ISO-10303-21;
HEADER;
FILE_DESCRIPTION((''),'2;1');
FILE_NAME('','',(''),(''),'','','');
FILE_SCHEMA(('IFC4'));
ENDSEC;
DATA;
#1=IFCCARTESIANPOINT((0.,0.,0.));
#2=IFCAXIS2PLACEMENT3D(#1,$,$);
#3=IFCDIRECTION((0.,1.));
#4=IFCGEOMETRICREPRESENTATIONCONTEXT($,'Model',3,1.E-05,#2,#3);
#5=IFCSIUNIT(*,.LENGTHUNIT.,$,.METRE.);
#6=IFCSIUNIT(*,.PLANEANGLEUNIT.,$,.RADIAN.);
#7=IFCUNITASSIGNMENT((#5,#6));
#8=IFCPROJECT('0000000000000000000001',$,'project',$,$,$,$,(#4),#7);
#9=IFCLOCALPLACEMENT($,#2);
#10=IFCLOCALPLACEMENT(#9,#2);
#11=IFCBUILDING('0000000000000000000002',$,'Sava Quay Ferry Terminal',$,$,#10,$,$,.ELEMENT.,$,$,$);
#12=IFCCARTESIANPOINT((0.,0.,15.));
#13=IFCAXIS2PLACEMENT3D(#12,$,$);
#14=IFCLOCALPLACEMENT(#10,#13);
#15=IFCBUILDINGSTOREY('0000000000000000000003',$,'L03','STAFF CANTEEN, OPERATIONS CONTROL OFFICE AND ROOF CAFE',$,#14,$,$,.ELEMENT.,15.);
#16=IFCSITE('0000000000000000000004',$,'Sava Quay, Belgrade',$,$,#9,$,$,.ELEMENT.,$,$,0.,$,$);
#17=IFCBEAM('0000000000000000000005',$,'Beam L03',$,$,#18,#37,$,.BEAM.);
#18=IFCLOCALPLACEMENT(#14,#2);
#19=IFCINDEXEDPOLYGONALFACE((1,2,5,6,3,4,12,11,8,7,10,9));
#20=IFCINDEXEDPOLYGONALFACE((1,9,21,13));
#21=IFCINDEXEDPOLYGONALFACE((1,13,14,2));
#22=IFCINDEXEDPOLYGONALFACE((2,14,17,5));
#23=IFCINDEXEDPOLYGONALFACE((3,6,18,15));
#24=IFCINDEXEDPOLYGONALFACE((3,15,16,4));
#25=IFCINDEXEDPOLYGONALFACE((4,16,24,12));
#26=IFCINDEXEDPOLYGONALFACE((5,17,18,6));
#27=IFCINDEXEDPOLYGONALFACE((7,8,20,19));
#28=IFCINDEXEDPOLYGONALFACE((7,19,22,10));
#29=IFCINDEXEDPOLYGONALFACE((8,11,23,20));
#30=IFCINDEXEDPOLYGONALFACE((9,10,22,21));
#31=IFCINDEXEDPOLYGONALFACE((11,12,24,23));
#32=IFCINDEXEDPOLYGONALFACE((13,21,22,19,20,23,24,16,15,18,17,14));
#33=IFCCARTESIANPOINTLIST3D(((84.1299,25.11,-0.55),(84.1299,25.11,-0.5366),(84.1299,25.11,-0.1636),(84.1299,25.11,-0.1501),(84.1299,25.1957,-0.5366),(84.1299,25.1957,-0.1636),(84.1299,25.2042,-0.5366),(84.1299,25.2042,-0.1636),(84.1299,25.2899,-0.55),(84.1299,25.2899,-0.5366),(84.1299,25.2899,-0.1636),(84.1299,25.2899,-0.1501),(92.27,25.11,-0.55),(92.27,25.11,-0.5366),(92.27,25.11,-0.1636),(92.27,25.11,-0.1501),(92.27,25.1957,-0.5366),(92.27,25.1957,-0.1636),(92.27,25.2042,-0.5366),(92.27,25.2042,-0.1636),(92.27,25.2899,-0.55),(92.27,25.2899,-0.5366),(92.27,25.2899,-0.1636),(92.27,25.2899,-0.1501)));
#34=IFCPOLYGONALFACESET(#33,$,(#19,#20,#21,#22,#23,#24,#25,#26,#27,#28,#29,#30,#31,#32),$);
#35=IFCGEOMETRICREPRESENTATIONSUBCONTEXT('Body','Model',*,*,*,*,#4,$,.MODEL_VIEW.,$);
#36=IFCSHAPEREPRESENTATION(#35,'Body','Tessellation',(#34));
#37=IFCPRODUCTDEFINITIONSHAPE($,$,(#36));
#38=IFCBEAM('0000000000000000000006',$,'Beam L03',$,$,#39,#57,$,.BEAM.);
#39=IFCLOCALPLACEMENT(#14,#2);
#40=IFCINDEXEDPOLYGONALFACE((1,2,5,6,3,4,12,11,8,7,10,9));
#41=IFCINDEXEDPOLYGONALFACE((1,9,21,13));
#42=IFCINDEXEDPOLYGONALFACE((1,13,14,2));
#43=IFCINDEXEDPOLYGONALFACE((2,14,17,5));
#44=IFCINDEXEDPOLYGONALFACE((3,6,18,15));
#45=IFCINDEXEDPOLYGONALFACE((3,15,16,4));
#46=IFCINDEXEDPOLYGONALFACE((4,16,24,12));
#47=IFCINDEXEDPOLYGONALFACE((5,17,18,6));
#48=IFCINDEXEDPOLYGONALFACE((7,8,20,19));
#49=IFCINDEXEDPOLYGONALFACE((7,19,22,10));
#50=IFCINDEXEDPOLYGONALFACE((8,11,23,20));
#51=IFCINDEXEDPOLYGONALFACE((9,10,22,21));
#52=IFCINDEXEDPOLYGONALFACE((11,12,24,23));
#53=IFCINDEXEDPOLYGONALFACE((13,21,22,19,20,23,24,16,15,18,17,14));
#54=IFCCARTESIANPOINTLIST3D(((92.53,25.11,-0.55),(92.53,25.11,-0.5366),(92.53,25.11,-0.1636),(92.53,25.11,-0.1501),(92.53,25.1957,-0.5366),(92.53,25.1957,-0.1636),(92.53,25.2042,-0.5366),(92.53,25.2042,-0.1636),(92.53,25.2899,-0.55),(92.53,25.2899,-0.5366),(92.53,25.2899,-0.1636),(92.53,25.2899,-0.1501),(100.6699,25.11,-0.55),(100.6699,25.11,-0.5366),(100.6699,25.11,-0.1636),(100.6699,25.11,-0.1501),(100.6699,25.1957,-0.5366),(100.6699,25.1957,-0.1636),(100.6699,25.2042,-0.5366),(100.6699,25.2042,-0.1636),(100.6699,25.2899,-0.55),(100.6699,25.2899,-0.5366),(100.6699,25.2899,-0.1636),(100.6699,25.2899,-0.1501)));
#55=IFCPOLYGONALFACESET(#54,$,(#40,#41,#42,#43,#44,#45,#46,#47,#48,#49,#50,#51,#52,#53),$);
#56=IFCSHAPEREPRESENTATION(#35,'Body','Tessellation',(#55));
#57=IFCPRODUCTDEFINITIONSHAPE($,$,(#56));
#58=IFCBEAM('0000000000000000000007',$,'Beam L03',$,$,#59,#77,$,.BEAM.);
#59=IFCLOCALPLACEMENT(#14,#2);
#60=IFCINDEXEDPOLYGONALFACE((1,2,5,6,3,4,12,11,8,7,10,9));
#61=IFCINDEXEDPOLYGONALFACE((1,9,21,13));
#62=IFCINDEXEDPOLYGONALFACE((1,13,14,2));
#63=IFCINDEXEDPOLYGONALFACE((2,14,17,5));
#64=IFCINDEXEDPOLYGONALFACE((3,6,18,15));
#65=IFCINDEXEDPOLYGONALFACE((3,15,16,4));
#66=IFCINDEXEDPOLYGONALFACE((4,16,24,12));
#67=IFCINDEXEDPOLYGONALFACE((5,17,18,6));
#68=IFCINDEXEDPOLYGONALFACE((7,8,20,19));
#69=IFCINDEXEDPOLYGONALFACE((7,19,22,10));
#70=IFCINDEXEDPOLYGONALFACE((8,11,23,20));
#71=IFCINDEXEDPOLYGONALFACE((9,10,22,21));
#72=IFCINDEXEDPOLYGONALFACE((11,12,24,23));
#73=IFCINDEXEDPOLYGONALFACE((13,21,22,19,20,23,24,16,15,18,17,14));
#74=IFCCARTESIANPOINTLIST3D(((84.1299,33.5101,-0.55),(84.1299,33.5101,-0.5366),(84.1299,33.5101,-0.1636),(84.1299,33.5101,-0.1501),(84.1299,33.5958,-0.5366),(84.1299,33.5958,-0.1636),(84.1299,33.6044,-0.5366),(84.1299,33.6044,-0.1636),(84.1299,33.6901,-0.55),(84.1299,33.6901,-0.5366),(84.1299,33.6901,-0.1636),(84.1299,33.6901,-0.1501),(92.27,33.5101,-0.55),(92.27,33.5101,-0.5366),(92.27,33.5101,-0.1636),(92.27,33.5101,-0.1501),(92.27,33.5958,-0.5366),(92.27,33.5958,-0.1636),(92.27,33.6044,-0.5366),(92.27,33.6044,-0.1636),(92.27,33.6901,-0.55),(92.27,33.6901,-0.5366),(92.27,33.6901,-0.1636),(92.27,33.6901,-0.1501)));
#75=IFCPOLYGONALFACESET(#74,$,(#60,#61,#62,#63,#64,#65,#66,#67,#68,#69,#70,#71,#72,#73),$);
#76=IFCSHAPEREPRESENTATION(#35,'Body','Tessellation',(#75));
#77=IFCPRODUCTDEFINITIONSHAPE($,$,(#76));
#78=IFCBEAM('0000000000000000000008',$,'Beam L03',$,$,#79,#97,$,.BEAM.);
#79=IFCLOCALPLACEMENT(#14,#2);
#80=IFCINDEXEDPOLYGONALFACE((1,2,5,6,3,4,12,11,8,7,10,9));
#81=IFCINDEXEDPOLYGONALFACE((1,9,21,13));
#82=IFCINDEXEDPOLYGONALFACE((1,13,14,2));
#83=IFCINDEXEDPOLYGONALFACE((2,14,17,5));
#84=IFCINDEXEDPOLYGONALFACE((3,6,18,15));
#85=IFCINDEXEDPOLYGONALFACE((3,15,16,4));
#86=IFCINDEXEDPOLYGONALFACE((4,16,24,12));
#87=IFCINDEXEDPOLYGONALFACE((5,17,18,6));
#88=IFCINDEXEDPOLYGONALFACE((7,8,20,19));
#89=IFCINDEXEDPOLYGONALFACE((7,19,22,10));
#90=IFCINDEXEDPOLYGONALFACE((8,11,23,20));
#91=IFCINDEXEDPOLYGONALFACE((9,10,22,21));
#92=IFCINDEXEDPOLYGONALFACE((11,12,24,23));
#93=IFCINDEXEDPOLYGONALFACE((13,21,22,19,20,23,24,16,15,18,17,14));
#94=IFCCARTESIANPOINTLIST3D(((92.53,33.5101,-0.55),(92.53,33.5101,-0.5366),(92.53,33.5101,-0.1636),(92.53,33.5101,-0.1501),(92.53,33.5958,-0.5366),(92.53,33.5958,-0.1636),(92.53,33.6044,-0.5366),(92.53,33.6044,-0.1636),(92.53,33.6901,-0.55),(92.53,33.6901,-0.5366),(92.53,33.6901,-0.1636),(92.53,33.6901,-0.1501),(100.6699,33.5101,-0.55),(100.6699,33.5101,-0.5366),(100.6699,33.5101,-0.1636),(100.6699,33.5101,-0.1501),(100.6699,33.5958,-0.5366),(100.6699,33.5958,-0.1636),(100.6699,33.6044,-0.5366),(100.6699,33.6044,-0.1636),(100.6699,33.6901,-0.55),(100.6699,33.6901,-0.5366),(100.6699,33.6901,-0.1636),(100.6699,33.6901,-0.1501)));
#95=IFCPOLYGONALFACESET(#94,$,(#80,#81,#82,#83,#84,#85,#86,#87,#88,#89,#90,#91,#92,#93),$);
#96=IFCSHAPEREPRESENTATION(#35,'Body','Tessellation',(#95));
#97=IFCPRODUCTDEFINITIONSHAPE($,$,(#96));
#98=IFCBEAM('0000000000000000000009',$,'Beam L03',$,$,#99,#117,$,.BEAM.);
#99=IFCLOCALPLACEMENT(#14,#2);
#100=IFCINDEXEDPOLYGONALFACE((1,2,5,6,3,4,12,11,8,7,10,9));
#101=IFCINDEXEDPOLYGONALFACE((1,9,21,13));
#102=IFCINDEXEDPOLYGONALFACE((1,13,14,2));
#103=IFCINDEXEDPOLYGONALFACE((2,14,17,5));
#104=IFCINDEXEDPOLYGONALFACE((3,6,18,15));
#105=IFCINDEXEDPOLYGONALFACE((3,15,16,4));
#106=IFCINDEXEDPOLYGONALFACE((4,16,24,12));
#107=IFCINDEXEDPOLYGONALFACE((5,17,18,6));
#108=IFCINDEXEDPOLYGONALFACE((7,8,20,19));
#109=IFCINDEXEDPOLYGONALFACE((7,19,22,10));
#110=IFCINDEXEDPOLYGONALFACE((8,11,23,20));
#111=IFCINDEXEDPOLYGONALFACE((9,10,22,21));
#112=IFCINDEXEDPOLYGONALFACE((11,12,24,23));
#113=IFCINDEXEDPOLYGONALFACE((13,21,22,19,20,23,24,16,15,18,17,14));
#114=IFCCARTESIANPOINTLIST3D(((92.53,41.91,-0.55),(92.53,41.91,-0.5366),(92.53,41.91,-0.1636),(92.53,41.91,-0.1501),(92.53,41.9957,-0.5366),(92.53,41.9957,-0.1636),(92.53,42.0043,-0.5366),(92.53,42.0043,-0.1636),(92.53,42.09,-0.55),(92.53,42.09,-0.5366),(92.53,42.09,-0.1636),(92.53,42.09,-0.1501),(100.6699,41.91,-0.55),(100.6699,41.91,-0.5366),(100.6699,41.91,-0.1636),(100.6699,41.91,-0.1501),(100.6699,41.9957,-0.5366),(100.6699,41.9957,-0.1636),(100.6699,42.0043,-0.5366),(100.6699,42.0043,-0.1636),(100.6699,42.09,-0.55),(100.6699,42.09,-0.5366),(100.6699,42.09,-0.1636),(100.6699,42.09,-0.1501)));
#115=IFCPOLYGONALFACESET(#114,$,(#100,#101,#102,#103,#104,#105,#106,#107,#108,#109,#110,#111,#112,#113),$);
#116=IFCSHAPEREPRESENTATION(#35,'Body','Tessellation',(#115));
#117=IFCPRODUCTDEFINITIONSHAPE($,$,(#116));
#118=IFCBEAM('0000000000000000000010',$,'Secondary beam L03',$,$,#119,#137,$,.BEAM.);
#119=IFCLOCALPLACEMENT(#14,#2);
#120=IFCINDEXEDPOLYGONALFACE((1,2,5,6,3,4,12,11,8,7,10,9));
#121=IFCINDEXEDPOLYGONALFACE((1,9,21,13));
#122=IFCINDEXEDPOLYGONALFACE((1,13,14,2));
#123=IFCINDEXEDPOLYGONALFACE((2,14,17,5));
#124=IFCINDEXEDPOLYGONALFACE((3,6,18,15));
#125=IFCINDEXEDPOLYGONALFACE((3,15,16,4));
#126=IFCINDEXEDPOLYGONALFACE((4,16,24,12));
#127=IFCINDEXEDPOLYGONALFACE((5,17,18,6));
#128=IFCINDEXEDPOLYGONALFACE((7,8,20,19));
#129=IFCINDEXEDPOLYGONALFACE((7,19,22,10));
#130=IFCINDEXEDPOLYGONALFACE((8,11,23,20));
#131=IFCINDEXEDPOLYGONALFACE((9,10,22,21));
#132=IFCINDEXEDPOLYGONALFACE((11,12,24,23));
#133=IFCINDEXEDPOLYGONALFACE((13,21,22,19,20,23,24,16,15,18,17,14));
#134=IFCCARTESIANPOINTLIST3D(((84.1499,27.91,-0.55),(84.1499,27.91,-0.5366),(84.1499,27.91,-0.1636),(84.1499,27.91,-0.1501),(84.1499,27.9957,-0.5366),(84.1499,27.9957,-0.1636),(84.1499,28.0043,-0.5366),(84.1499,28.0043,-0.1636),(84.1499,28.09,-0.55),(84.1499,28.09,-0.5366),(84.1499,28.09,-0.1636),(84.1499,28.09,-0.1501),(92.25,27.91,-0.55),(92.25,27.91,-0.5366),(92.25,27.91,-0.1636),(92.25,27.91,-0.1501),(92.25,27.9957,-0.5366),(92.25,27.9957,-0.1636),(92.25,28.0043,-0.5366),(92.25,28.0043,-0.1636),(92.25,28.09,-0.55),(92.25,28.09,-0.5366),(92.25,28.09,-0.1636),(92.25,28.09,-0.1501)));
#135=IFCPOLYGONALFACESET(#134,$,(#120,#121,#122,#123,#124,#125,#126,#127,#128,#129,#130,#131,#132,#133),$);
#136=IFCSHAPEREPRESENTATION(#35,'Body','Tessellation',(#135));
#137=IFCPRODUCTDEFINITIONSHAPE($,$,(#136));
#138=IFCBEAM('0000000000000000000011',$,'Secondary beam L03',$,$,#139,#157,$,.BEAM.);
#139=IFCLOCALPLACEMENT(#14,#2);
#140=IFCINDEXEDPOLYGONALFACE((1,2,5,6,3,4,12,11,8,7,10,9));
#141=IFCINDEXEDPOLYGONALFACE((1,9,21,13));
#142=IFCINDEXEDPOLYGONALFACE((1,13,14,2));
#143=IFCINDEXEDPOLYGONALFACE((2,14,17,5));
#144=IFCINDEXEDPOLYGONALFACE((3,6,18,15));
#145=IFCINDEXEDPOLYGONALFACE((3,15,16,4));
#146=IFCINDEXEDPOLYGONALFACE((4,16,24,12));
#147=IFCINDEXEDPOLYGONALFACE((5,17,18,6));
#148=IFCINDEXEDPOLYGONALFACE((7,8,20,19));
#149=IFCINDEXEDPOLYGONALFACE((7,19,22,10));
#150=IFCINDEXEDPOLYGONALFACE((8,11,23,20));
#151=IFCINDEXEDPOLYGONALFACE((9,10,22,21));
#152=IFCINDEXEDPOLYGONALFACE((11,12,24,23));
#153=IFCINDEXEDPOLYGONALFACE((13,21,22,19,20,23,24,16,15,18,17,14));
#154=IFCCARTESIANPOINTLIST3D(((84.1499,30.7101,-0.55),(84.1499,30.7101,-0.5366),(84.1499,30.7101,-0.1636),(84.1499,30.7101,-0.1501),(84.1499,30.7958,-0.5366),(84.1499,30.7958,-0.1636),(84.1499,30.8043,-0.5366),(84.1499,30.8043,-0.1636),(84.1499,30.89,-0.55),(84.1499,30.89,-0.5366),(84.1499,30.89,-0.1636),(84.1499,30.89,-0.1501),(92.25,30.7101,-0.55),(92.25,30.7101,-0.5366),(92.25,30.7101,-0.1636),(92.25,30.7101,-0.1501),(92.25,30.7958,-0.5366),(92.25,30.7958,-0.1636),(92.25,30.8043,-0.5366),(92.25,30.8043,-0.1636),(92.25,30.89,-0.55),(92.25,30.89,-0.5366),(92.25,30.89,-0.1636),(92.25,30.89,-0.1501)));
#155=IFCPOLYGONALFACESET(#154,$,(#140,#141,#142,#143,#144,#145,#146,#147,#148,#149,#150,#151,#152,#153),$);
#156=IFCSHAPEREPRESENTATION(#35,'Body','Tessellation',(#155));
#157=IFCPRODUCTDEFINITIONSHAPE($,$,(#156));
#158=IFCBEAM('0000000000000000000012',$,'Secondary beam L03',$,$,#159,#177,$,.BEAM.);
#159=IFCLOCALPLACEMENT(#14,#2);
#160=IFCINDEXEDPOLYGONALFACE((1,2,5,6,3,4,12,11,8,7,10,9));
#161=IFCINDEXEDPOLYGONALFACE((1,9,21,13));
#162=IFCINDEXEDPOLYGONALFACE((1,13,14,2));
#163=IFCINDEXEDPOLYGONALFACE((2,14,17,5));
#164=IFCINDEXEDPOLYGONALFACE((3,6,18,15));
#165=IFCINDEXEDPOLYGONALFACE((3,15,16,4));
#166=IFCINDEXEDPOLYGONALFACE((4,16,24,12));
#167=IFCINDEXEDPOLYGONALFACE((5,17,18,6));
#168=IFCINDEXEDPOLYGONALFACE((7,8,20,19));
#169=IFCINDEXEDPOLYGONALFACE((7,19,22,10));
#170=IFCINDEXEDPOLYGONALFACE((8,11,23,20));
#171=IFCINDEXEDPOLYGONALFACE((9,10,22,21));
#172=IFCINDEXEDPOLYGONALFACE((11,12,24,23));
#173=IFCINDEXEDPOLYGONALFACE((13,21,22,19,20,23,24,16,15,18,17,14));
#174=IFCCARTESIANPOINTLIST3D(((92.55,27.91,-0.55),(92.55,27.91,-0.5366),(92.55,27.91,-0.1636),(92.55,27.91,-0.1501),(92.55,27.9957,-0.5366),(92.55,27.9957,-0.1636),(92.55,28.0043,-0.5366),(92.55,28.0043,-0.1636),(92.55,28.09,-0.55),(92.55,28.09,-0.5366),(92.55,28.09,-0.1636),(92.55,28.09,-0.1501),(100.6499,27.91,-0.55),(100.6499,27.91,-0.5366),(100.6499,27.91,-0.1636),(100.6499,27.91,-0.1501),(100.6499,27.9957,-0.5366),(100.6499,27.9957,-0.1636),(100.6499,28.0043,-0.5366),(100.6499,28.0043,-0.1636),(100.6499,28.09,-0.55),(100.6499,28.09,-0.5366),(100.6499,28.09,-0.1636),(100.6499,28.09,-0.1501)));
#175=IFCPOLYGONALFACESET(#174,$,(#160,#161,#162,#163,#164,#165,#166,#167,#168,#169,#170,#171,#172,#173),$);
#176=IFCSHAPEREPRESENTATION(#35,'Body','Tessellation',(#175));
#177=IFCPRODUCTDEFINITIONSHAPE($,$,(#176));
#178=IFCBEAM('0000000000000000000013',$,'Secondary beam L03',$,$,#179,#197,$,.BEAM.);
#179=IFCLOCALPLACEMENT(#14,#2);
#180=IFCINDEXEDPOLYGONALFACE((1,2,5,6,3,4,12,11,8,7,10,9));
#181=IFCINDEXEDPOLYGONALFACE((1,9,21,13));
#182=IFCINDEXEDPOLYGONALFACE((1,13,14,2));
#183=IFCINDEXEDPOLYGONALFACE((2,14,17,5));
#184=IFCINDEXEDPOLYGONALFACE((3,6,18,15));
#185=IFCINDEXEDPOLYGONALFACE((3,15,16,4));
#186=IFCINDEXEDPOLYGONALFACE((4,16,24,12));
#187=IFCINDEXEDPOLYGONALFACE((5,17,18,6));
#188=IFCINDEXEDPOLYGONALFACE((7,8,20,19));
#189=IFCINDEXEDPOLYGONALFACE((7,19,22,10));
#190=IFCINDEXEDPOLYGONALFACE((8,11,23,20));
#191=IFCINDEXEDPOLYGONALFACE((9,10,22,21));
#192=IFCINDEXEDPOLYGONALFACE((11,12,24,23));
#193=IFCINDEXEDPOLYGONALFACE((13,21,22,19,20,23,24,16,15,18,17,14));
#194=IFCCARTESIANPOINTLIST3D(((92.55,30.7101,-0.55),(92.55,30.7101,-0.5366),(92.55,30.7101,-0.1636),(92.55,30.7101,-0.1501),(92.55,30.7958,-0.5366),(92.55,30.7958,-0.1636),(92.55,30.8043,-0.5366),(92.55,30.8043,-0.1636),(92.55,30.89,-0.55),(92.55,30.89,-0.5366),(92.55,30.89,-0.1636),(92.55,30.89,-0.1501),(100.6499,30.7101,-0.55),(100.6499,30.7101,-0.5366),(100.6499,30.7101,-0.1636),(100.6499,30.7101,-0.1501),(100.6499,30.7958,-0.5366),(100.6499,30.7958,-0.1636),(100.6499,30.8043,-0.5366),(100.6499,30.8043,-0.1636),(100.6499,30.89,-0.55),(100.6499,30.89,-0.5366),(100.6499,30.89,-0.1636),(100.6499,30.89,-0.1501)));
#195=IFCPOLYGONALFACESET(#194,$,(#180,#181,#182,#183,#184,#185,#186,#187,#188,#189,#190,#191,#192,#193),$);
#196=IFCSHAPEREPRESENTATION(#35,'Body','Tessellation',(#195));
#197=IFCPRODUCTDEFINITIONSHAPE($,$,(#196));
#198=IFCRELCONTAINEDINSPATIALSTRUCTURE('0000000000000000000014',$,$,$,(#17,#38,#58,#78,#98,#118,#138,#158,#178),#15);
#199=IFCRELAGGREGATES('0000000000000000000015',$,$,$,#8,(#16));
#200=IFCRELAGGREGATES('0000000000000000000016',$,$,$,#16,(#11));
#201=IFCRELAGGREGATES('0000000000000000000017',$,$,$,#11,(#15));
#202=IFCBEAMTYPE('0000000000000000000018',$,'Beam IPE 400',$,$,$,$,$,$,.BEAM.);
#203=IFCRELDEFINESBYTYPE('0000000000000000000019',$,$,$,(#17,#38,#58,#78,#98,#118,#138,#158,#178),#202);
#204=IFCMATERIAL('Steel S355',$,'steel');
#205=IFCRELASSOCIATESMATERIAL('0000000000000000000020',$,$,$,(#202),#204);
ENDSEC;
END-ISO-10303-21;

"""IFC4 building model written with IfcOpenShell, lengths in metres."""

from ifc_helpers import new_model, si_unit, direction, frame, origin, origin_2d, place, context, subcontext, project, spatial, i_section, extrude, material, material_profile, profile_set, type_object, element, save


model = new_model("IFC4")

# Units and contexts
model_context = context("Model", 3, precision=1e-05, world=origin(), true_north=direction((0.0, 1.0)))
body_context = subcontext(model_context, "Body", "Model", "MODEL_VIEW")
ifc_project = project(units=[si_unit("LENGTHUNIT", "METRE"), si_unit("PLANEANGLEUNIT", "RADIAN")], contexts=[model_context])

# Site, building, storey
site_placement = place(None, origin())
site = spatial("IfcSite", under=ifc_project, at=site_placement, Name="Sava Quay, Belgrade", CompositionType="ELEMENT", RefElevation=0.0)
building_placement = place(site_placement, origin())
building = spatial("IfcBuilding", under=site, at=building_placement, Name="Sava Quay Ferry Terminal", CompositionType="ELEMENT")
storey_placement = place(building_placement, frame((0.0, 0.0, 15.0)))
storey = spatial("IfcBuildingStorey", under=building, at=storey_placement, Name="L03", Description="STAFF CANTEEN, OPERATIONS CONTROL OFFICE AND ROOF CAFE", CompositionType="ELEMENT", Elevation=15.0)

# Beams
ifc_material_1 = material(Name="Steel S355", Category="steel")
ifc_material_profile_1 = material_profile(ifc_material_1, i_section(OverallWidth=0.1799, OverallDepth=0.3999, WebThickness=0.0085, FlangeThickness=0.0134, at=origin_2d()), Name="IPE 400")
ifc_profile_set_1 = profile_set([ifc_material_profile_1], Name="Steel S355")
beam_type_1 = type_object("IfcBeamType", Name="Beam IPE 400", PredefinedType="BEAM", material=ifc_profile_set_1)
beam_1_placement = place(storey_placement, frame((84.1299, 25.2, -0.3501), z_axis=(1.0, 0.0, 0.0), x_axis=(0.0, 1.0, 0.0)))
element("IfcBeam", 1, at=beam_1_placement, inside=storey, type_object=beam_type_1, Name="Beam L03", PredefinedType="BEAM", context=body_context, shape_type="SweptSolid", body=[
    extrude(i_section(OverallWidth=0.1799, OverallDepth=0.3999, WebThickness=0.0085, FlangeThickness=0.0134, at=origin_2d()), origin(), (0.0, 0.0, 1.0), 8.1401),
])
beam_2_placement = place(storey_placement, frame((92.53, 25.2, -0.3501), z_axis=(1.0, 0.0, 0.0), x_axis=(0.0, 1.0, 0.0)))
element("IfcBeam", 2, at=beam_2_placement, inside=storey, type_object=beam_type_1, Name="Beam L03", PredefinedType="BEAM", context=body_context, shape_type="SweptSolid", body=[
    extrude(i_section(OverallWidth=0.1799, OverallDepth=0.3999, WebThickness=0.0085, FlangeThickness=0.0134, at=origin_2d()), origin(), (0.0, 0.0, 1.0), 8.1399),
])
beam_3_placement = place(storey_placement, frame((84.1299, 33.6001, -0.3501), z_axis=(1.0, 0.0, 0.0), x_axis=(0.0, 1.0, 0.0)))
element("IfcBeam", 3, at=beam_3_placement, inside=storey, type_object=beam_type_1, Name="Beam L03", PredefinedType="BEAM", context=body_context, shape_type="SweptSolid", body=[
    extrude(i_section(OverallWidth=0.1799, OverallDepth=0.3999, WebThickness=0.0085, FlangeThickness=0.0134, at=origin_2d()), origin(), (0.0, 0.0, 1.0), 8.1401),
])
for number, where, z_axis, x_axis, name in (
    (4, (92.53, 33.6001, -0.3501), (1.0, 0.0, 0.0), (0.0, 1.0, 0.0), "Beam L03"),
    (5, (92.53, 42.0, -0.3501), (1.0, 0.0, 0.0), (0.0, 1.0, 0.0), "Beam L03"),
):
    element("IfcBeam", number, at=place(storey_placement, frame(where, z_axis=z_axis, x_axis=x_axis)), inside=storey, type_object=beam_type_1, Name=name, PredefinedType="BEAM", context=body_context, shape_type="SweptSolid", body=[
        extrude(i_section(OverallWidth=0.1799, OverallDepth=0.3999, WebThickness=0.0085, FlangeThickness=0.0134, at=origin_2d()), origin(), (0.0, 0.0, 1.0), 8.1399),
    ])
for number, where, z_axis, x_axis, name in (
    (6, (84.1499, 28.0, -0.3501), (1.0, 0.0, 0.0), (0.0, 1.0, 0.0), "Secondary beam L03"),
    (7, (84.1499, 30.8, -0.3501), (1.0, 0.0, 0.0), (0.0, 1.0, 0.0), "Secondary beam L03"),
):
    element("IfcBeam", number, at=place(storey_placement, frame(where, z_axis=z_axis, x_axis=x_axis)), inside=storey, type_object=beam_type_1, Name=name, PredefinedType="BEAM", context=body_context, shape_type="SweptSolid", body=[
        extrude(i_section(OverallWidth=0.1799, OverallDepth=0.3999, WebThickness=0.0085, FlangeThickness=0.0134, at=origin_2d()), origin(), (0.0, 0.0, 1.0), 8.1001),
    ])
for number, where, z_axis, x_axis, name in (
    (8, (92.55, 28.0, -0.3501), (1.0, 0.0, 0.0), (0.0, 1.0, 0.0), "Secondary beam L03"),
    (9, (92.55, 30.8, -0.3501), (1.0, 0.0, 0.0), (0.0, 1.0, 0.0), "Secondary beam L03"),
):
    element("IfcBeam", number, at=place(storey_placement, frame(where, z_axis=z_axis, x_axis=x_axis)), inside=storey, type_object=beam_type_1, Name=name, PredefinedType="BEAM", context=body_context, shape_type="SweptSolid", body=[
        extrude(i_section(OverallWidth=0.1799, OverallDepth=0.3999, WebThickness=0.0085, FlangeThickness=0.0134, at=origin_2d()), origin(), (0.0, 0.0, 1.0), 8.0999),
    ])

save(model, "model.ifc")
